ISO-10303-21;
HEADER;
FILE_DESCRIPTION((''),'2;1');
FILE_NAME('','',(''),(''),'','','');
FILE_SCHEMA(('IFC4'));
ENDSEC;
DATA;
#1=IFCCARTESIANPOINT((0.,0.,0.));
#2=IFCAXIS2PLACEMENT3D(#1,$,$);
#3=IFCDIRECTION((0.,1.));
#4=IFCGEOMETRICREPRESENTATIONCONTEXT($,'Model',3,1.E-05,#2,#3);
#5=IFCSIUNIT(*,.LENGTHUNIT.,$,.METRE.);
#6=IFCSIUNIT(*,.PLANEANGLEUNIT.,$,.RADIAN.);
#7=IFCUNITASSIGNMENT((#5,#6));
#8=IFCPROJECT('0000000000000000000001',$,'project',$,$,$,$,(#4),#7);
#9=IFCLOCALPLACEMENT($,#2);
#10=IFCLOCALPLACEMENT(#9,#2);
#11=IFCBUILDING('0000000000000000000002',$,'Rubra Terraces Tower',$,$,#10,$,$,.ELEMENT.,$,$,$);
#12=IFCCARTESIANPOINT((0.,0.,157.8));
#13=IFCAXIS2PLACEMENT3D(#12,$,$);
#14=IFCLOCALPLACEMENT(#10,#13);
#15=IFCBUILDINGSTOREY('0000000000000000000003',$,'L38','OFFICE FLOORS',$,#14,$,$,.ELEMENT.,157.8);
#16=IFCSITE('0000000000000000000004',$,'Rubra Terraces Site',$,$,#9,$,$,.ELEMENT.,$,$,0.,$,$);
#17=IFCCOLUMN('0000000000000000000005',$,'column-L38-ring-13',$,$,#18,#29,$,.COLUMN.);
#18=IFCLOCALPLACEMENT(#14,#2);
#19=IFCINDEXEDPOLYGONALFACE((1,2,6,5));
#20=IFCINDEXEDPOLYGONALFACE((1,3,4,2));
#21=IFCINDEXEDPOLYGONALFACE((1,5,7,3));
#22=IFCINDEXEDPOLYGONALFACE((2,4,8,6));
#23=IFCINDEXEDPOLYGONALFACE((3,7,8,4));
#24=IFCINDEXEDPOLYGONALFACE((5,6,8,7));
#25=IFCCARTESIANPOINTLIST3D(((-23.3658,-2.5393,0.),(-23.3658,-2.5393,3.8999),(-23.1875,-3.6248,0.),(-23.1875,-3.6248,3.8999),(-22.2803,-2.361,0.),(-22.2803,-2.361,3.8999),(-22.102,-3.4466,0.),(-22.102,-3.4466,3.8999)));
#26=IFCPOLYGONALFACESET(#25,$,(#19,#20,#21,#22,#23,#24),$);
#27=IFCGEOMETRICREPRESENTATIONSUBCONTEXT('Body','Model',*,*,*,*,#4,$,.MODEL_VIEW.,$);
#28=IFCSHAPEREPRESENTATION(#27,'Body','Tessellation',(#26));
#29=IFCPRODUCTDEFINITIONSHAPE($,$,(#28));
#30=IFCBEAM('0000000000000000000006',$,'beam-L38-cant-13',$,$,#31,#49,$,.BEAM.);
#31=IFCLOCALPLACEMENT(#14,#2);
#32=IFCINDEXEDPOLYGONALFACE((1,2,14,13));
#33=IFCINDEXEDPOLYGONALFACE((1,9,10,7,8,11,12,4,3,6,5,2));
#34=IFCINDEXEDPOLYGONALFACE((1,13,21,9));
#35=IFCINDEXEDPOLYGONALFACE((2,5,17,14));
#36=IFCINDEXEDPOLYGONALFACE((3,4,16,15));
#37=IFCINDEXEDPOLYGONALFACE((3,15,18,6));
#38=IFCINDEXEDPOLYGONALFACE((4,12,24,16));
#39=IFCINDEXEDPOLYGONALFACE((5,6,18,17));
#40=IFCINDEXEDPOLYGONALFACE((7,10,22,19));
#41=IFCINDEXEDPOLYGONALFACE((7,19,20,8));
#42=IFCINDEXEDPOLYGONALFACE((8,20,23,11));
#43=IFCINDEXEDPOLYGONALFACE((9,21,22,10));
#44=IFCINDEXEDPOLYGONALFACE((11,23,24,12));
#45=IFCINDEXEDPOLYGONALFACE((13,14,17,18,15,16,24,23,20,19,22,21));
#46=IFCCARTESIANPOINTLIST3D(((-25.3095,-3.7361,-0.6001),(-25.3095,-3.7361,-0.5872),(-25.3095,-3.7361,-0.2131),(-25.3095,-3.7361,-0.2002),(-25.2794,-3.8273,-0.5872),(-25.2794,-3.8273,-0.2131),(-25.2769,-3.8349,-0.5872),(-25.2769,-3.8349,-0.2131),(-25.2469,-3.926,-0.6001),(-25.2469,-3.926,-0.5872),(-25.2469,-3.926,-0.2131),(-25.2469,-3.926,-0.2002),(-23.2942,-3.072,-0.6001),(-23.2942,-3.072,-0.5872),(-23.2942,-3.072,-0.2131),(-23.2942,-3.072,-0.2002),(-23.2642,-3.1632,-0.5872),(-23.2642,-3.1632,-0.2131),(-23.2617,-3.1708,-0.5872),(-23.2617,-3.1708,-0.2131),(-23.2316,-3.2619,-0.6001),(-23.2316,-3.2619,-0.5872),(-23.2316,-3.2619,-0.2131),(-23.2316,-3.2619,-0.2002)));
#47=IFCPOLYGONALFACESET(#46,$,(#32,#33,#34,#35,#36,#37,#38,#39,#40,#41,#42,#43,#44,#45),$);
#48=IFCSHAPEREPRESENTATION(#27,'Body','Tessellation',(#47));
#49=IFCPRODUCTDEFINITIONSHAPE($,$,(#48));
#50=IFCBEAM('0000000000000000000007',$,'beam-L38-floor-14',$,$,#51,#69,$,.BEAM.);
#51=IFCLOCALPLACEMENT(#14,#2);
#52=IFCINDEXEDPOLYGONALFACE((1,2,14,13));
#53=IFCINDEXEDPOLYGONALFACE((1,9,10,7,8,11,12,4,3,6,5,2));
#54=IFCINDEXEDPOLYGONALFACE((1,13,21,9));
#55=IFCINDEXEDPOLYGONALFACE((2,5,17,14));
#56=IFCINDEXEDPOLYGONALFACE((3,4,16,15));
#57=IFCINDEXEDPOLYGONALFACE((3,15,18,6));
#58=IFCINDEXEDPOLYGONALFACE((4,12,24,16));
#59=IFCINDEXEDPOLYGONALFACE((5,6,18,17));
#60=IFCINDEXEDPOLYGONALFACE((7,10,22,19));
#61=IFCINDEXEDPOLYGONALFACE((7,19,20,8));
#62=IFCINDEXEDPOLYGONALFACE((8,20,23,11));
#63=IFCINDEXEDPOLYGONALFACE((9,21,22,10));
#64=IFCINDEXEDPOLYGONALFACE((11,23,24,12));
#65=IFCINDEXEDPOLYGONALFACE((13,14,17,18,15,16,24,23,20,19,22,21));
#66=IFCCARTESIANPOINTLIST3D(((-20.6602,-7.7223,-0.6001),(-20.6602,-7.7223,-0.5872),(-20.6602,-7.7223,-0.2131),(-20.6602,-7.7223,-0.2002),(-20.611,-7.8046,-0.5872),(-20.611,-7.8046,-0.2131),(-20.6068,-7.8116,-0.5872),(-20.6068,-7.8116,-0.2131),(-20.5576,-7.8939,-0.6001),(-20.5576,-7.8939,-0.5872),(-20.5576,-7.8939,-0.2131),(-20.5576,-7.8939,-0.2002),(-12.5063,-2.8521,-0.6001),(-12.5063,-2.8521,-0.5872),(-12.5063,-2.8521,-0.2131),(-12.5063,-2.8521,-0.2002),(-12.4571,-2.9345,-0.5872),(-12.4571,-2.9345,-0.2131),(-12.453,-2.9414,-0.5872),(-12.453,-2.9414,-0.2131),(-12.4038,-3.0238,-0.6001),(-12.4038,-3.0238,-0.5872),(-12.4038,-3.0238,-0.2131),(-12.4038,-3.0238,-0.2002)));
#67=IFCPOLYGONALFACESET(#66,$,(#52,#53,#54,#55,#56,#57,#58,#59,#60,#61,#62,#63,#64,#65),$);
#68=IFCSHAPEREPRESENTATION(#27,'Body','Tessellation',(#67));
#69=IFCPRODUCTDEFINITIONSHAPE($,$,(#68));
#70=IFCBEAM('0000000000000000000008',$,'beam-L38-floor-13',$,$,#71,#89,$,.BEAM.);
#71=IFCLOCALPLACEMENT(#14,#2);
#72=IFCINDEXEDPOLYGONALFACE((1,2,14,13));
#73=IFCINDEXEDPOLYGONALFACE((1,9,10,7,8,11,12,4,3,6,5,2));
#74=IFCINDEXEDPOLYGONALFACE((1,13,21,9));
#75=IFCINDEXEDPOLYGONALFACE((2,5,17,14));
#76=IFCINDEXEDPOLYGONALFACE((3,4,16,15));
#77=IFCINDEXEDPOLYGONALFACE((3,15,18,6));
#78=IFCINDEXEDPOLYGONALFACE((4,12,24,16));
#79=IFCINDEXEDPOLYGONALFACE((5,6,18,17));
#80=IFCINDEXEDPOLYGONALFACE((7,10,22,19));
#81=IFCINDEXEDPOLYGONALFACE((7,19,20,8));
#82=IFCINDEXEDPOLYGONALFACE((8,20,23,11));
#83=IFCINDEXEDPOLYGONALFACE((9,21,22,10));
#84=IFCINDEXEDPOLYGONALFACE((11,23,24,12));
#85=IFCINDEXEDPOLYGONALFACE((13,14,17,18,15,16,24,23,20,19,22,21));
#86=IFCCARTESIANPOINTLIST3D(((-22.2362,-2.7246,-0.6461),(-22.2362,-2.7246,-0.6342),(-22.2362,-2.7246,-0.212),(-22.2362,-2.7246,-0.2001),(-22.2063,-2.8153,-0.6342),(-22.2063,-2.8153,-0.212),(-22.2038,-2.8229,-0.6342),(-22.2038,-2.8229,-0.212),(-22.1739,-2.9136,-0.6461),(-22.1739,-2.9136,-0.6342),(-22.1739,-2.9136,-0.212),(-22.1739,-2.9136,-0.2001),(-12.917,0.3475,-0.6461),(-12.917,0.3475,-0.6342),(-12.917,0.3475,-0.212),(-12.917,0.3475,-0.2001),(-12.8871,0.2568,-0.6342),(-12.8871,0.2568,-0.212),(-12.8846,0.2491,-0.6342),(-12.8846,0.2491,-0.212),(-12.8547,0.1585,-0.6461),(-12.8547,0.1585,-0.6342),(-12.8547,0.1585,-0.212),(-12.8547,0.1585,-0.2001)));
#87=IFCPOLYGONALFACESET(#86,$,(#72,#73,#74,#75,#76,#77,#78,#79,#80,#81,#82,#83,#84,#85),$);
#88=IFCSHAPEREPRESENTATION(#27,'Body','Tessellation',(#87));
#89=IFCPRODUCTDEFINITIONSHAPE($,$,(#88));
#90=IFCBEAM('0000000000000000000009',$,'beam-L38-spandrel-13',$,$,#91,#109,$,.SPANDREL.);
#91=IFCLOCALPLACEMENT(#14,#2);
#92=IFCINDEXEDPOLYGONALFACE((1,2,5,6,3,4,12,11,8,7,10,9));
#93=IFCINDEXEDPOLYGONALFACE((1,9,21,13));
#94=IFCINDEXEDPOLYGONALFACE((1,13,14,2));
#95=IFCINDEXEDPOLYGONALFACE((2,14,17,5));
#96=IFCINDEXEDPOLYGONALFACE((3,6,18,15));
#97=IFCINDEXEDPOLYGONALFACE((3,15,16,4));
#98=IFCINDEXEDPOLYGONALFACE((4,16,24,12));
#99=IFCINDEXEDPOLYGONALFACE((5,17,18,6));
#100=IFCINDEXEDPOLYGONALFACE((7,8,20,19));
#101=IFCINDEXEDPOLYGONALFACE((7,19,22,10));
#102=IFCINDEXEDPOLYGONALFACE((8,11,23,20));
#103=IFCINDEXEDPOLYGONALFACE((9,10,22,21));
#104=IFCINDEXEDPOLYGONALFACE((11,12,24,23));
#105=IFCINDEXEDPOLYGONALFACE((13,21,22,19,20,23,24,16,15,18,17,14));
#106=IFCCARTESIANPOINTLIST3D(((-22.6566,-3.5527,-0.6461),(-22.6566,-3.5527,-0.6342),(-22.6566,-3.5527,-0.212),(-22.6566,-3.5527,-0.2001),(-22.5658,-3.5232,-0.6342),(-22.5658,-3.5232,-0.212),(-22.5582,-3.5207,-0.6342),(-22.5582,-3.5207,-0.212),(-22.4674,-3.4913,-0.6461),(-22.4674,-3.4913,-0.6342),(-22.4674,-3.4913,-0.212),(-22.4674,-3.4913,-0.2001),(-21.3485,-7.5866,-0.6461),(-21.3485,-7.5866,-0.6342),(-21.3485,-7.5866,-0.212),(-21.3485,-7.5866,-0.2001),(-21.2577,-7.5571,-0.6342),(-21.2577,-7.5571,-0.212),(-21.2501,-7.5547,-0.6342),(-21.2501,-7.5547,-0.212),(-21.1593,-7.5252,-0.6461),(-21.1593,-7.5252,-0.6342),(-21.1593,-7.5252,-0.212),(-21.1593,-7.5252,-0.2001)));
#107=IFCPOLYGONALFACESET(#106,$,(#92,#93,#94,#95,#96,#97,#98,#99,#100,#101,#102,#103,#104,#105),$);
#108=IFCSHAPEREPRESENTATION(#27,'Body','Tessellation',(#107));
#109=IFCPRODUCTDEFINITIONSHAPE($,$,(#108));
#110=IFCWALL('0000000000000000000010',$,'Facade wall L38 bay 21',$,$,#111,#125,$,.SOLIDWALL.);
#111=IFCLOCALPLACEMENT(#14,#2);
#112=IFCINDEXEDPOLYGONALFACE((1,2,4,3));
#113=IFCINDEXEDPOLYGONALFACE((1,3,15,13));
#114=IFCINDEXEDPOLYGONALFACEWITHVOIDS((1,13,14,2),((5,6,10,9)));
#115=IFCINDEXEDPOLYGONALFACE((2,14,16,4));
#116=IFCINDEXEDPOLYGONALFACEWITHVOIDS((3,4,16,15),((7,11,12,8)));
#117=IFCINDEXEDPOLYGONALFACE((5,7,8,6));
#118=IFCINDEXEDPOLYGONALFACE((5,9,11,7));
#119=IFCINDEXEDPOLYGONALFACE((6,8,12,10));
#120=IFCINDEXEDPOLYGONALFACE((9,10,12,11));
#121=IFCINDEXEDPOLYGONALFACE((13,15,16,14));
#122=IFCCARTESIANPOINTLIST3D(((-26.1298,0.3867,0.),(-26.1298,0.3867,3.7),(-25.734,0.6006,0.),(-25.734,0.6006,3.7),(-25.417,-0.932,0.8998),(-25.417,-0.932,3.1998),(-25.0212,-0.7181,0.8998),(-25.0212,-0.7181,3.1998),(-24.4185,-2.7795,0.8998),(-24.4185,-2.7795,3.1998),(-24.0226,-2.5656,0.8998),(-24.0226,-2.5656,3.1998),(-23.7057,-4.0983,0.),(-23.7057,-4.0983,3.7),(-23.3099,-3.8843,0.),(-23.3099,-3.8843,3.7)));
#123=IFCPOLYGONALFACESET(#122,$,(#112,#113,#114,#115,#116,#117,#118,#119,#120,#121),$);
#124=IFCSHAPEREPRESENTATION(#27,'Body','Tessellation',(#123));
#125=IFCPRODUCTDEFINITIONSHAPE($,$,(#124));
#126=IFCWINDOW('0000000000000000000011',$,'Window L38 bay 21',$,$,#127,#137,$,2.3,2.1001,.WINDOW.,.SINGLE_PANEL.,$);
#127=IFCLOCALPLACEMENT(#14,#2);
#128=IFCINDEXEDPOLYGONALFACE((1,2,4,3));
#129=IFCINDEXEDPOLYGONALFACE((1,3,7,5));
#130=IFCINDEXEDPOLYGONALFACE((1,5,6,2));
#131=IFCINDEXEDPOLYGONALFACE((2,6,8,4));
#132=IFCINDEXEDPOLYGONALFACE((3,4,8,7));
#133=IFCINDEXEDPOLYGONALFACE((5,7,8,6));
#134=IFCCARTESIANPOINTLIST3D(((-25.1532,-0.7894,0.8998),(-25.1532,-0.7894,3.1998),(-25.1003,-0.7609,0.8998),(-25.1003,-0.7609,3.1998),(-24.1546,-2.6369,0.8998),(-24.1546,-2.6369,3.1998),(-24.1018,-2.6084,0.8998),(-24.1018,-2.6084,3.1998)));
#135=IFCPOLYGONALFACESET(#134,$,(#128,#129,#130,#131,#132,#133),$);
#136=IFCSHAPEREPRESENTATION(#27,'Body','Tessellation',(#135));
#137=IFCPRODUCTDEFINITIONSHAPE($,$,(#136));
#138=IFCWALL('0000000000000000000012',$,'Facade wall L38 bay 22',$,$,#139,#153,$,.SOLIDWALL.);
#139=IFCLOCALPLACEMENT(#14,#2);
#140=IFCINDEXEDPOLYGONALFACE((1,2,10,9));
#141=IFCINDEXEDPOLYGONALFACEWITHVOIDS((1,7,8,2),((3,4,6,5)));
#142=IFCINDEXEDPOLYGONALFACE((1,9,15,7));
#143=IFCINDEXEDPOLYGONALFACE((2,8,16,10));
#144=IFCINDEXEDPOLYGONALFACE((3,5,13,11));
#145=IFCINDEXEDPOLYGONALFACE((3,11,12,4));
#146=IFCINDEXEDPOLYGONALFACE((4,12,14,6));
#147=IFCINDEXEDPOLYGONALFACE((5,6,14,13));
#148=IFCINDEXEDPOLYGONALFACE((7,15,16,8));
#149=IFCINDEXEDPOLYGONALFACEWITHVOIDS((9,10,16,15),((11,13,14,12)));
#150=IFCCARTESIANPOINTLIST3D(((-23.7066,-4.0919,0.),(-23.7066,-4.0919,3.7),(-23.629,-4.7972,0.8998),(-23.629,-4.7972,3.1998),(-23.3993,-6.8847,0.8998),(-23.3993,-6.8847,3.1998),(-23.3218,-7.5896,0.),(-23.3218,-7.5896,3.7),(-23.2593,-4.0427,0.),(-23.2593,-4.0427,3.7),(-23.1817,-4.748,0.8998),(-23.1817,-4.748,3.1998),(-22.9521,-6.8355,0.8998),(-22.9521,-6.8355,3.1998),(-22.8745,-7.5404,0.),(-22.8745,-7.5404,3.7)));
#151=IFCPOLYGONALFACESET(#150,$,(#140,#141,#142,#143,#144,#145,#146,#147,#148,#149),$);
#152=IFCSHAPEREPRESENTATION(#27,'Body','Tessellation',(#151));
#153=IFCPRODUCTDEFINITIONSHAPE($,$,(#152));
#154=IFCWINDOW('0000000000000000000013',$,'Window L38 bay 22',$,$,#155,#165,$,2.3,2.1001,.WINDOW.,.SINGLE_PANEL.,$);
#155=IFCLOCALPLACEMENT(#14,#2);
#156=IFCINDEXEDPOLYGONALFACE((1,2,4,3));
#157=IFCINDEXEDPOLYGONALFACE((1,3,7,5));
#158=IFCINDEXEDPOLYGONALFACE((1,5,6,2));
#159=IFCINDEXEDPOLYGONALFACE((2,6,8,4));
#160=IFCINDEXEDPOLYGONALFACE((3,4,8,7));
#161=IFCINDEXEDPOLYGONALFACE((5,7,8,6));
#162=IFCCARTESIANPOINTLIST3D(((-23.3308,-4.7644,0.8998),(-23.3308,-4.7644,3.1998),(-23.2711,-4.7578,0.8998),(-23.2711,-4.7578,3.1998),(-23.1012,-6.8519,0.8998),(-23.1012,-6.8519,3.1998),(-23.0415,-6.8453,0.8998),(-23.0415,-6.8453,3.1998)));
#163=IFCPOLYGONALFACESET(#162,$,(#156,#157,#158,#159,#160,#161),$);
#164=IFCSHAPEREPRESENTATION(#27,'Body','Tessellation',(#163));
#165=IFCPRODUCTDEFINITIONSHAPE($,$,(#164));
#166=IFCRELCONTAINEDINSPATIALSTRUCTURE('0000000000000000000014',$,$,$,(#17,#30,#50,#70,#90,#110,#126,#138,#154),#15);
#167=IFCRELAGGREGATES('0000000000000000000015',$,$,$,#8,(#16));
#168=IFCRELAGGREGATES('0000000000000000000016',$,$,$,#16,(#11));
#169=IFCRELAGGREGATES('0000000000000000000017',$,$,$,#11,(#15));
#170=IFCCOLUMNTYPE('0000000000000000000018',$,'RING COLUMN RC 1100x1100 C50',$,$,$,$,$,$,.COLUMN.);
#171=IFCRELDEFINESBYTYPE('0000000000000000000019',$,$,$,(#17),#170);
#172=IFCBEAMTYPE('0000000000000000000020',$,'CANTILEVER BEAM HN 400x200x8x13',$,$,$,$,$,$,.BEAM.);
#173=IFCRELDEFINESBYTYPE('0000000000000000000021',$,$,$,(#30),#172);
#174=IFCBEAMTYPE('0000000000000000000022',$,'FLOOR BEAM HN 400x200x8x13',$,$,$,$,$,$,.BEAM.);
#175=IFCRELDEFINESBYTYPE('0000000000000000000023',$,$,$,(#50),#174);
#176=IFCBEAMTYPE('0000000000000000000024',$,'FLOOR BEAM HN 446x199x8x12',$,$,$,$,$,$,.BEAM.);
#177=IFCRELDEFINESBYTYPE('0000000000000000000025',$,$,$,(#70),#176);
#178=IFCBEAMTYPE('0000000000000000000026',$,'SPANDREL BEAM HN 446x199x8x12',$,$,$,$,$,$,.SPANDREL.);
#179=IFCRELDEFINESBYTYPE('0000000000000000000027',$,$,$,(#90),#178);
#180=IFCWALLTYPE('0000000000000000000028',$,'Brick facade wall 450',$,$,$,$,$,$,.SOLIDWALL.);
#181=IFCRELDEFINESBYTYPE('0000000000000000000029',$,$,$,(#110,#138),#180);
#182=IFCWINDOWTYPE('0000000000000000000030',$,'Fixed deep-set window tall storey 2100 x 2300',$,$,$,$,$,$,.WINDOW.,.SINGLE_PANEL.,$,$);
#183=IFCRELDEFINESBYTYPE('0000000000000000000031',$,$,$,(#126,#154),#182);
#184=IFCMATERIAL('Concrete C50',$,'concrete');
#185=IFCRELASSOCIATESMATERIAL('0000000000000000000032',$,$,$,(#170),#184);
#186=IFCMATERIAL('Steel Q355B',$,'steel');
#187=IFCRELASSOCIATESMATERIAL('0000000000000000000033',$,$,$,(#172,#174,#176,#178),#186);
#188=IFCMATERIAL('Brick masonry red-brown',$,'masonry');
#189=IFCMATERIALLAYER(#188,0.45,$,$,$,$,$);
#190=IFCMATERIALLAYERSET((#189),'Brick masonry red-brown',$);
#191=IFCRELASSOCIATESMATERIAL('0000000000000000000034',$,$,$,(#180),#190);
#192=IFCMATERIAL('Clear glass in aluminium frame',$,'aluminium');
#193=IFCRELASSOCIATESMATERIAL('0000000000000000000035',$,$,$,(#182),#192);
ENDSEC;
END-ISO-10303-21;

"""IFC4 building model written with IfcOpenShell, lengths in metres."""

from ifc_helpers import new_model, si_unit, direction, frame, frame_2d, origin, origin_2d, place, context, subcontext, project, spatial, rectangle, i_section, extrude, material, layer, layer_set, material_profile, profile_set, type_object, element, fill, save


model = new_model("IFC4")

# Units and contexts
model_context = context("Model", 3, precision=1e-05, world=origin(), true_north=direction((0.0, 1.0)))
body_context = subcontext(model_context, "Body", "Model", "MODEL_VIEW")
ifc_project = project(units=[si_unit("LENGTHUNIT", "METRE"), si_unit("PLANEANGLEUNIT", "RADIAN")], contexts=[model_context])

# Site, building, storey
site_placement = place(None, origin())
site = spatial("IfcSite", under=ifc_project, at=site_placement, Name="Rubra Terraces Site", CompositionType="ELEMENT", RefElevation=0.0)
building_placement = place(site_placement, origin())
building = spatial("IfcBuilding", under=site, at=building_placement, Name="Rubra Terraces Tower", CompositionType="ELEMENT")
storey_placement = place(building_placement, frame((0.0, 0.0, 157.8)))
storey = spatial("IfcBuildingStorey", under=building, at=storey_placement, Name="L38", Description="OFFICE FLOORS", CompositionType="ELEMENT", Elevation=157.8)

# Column
ifc_material_1 = material(Name="Concrete C50", Category="concrete")
ifc_material_profile_1 = material_profile(ifc_material_1, rectangle(XDim=1.1001, YDim=1.1001, at=origin_2d()), Name="RC 1100x1100")
ifc_profile_set_1 = profile_set([ifc_material_profile_1], Name="Concrete C50")
column_type = type_object("IfcColumnType", Name="RING COLUMN RC 1100x1100 C50", PredefinedType="COLUMN", material=ifc_profile_set_1)
column_placement = place(storey_placement, frame((-22.7339, -2.9929, 0.0), z_axis=(0.0, 0.0, 1.0), x_axis=(0.162062, -0.986781, 0.0)))
element("IfcColumn", 1, at=column_placement, inside=storey, type_object=column_type, Name="column-L38-ring-13", PredefinedType="COLUMN", context=body_context, shape_type="SweptSolid", body=[
    extrude(rectangle(XDim=1.1001, YDim=1.1001, at=origin_2d()), origin(), (0.0, 0.0, 1.0), 3.8999),
])

# Beams
ifc_material_2 = material(Name="Steel Q355B", Category="steel")
ifc_material_profile_2 = material_profile(ifc_material_2, i_section(OverallWidth=0.2, OverallDepth=0.3999, WebThickness=0.0081, FlangeThickness=0.0129, at=origin_2d()), Name="HN 400x200x8x13")
ifc_profile_set_2 = profile_set([ifc_material_profile_2], Name="Steel Q355B")
beam_type_1 = type_object("IfcBeamType", Name="CANTILEVER BEAM HN 400x200x8x13", PredefinedType="BEAM", material=ifc_profile_set_2)
beam_1_placement = place(storey_placement, frame((-23.2629, -3.167, -0.4001), z_axis=(-0.949759, -0.312981, 0.0), x_axis=(0.312981, -0.949759, 0.0)))
element("IfcBeam", 2, at=beam_1_placement, inside=storey, type_object=beam_type_1, Name="beam-L38-cant-13", PredefinedType="BEAM", context=body_context, shape_type="SweptSolid", body=[
    extrude(i_section(OverallWidth=0.2, OverallDepth=0.3999, WebThickness=0.0081, FlangeThickness=0.0129, at=origin_2d()), origin(), (0.0, 0.0, 1.0), 2.1218),
])
ifc_material_profile_3 = material_profile(ifc_material_2, i_section(OverallWidth=0.2, OverallDepth=0.3999, WebThickness=0.0081, FlangeThickness=0.0129, at=origin_2d()), Name="HN 400x200x8x13")
ifc_profile_set_3 = profile_set([ifc_material_profile_3], Name="Steel Q355B")
beam_type_2 = type_object("IfcBeamType", Name="FLOOR BEAM HN 400x200x8x13", PredefinedType="BEAM", material=ifc_profile_set_3)
beam_2_placement = place(storey_placement, frame((-20.6089, -7.8081, -0.4001), z_axis=(0.858521, 0.512778, 0.0), x_axis=(-0.512778, 0.858521, 0.0)))
element("IfcBeam", 3, at=beam_2_placement, inside=storey, type_object=beam_type_2, Name="beam-L38-floor-14", PredefinedType="BEAM", context=body_context, shape_type="SweptSolid", body=[
    extrude(i_section(OverallWidth=0.2, OverallDepth=0.3999, WebThickness=0.0081, FlangeThickness=0.0129, at=origin_2d()), origin(), (0.0, 0.0, 1.0), 9.4976),
])
ifc_material_profile_4 = material_profile(ifc_material_2, i_section(OverallWidth=0.199, OverallDepth=0.446, WebThickness=0.0081, FlangeThickness=0.012, at=origin_2d()), Name="HN 446x199x8x12")
ifc_profile_set_4 = profile_set([ifc_material_profile_4], Name="Steel Q355B")
beam_type_3 = type_object("IfcBeamType", Name="FLOOR BEAM HN 446x199x8x12", PredefinedType="BEAM", material=ifc_profile_set_4)
beam_3_placement = place(storey_placement, frame((-22.2051, -2.8191, -0.4231), z_axis=(0.949728, 0.313076, 0.0), x_axis=(-0.313076, 0.949728, 0.0)))
element("IfcBeam", 4, at=beam_3_placement, inside=storey, type_object=beam_type_3, Name="beam-L38-floor-13", PredefinedType="BEAM", context=body_context, shape_type="SweptSolid", body=[
    extrude(i_section(OverallWidth=0.199, OverallDepth=0.446, WebThickness=0.0081, FlangeThickness=0.012, at=origin_2d()), origin(), (0.0, 0.0, 1.0), 9.8125),
])
ifc_material_profile_5 = material_profile(ifc_material_2, i_section(OverallWidth=0.199, OverallDepth=0.446, WebThickness=0.0081, FlangeThickness=0.012, at=origin_2d()), Name="HN 446x199x8x12")
ifc_profile_set_5 = profile_set([ifc_material_profile_5], Name="Steel Q355B")
beam_type_4 = type_object("IfcBeamType", Name="SPANDREL BEAM HN 446x199x8x12", PredefinedType="SPANDREL", material=ifc_profile_set_5)
beam_4_placement = place(storey_placement, frame((-22.562, -3.522, -0.4231), z_axis=(0.308462, -0.951237, 0.0), x_axis=(0.951237, 0.308462, 0.0)))
element("IfcBeam", 5, at=beam_4_placement, inside=storey, type_object=beam_type_4, Name="beam-L38-spandrel-13", PredefinedType="SPANDREL", context=body_context, shape_type="SweptSolid", body=[
    extrude(i_section(OverallWidth=0.199, OverallDepth=0.446, WebThickness=0.0081, FlangeThickness=0.012, at=origin_2d()), origin(), (0.0, 0.0, 1.0), 4.2407),
])

# Walls, openings, windows
ifc_material_3 = material(Name="Brick masonry red-brown", Category="masonry")
ifc_layer_1 = layer(ifc_material_3, 0.45)
ifc_layer_set_1 = layer_set([ifc_layer_1], Name="Brick masonry red-brown")
wall_type_1 = type_object("IfcWallType", Name="Brick facade wall 450", PredefinedType="SOLIDWALL", material=ifc_layer_set_1)
wall_1_placement = place(storey_placement, frame((-25.9319, 0.4937, 0.0), z_axis=(0.0, 0.0, 1.0), x_axis=(0.47549, -0.879721, 0.0)))
wall_1 = element("IfcWall", 6, at=wall_1_placement, inside=storey, type_object=wall_type_1, Name="Facade wall L38 bay 21", PredefinedType="SOLIDWALL", context=body_context, shape_type="SweptSolid", body=[
    extrude(rectangle(XDim=5.0981, YDim=0.45, at=frame_2d((2.5491, 0.0))), origin(), (0.0, 0.0, 1.0), 3.7),
])
opening_1_placement = place(wall_1_placement, frame((1.499, 0.0, 0.8999)))
opening_1 = element("IfcOpeningElement", 7, at=opening_1_placement, cuts=wall_1, PredefinedType="OPENING", context=body_context, shape_type="SweptSolid", body=[
    extrude(rectangle(XDim=2.1001, YDim=2.3, at=frame_2d((1.05, 1.1499))), frame((0.0, 0.2349, 0.0), z_axis=(0.0, -1.0, 0.0), x_axis=(1.0, 0.0, 0.0)), (0.0, 0.0, 1.0), 0.47),
])
ifc_material_4 = material(Name="Clear glass in aluminium frame", Category="aluminium")
window_type = type_object("IfcWindowType", Name="Fixed deep-set window tall storey 2100 x 2300", PartitioningType="SINGLE_PANEL", PredefinedType="WINDOW", material=ifc_material_4)
window_1_placement = place(opening_1_placement, origin())
window_1 = element("IfcWindow", 8, at=window_1_placement, inside=storey, type_object=window_type, Name="Window L38 bay 21", OverallHeight=2.3, OverallWidth=2.1001, PartitioningType="SINGLE_PANEL", PredefinedType="WINDOW", context=body_context, shape_type="SweptSolid", body=[
    extrude(rectangle(XDim=2.1001, YDim=2.3, at=frame_2d((1.05, 1.1499))), frame((0.0, 0.135, 0.0), z_axis=(0.0, -1.0, 0.0), x_axis=(1.0, 0.0, 0.0)), (0.0, 0.0, 1.0), 0.0601),
])
fill(opening_1, window_1)
wall_2_placement = place(storey_placement, frame((-23.4829, -4.0674, 0.0), z_axis=(0.0, 0.0, 1.0), x_axis=(0.109343, -0.994004, 0.0)))
wall_2 = element("IfcWall", 9, at=wall_2_placement, inside=storey, type_object=wall_type_1, Name="Facade wall L38 bay 22", PredefinedType="SOLIDWALL", context=body_context, shape_type="SweptSolid", body=[
    extrude(rectangle(XDim=3.5188, YDim=0.45, at=frame_2d((1.7593, 0.0))), origin(), (0.0, 0.0, 1.0), 3.7),
])
opening_2_placement = place(wall_2_placement, frame((0.7095, 0.0, 0.8999)))
opening_2 = element("IfcOpeningElement", 10, at=opening_2_placement, cuts=wall_2, PredefinedType="OPENING", context=body_context, shape_type="SweptSolid", body=[
    extrude(rectangle(XDim=2.1001, YDim=2.3, at=frame_2d((1.05, 1.1499))), frame((0.0, 0.2349, 0.0), z_axis=(0.0, -1.0, 0.0), x_axis=(1.0, 0.0, 0.0)), (0.0, 0.0, 1.0), 0.47),
])
window_2_placement = place(opening_2_placement, origin())
window_2 = element("IfcWindow", 11, at=window_2_placement, inside=storey, type_object=window_type, Name="Window L38 bay 22", OverallHeight=2.3, OverallWidth=2.1001, PartitioningType="SINGLE_PANEL", PredefinedType="WINDOW", context=body_context, shape_type="SweptSolid", body=[
    extrude(rectangle(XDim=2.1001, YDim=2.3, at=frame_2d((1.05, 1.1499))), frame((0.0, 0.135, 0.0), z_axis=(0.0, -1.0, 0.0), x_axis=(1.0, 0.0, 0.0)), (0.0, 0.0, 1.0), 0.0601),
])
fill(opening_2, window_2)

save(model, "model.ifc")
